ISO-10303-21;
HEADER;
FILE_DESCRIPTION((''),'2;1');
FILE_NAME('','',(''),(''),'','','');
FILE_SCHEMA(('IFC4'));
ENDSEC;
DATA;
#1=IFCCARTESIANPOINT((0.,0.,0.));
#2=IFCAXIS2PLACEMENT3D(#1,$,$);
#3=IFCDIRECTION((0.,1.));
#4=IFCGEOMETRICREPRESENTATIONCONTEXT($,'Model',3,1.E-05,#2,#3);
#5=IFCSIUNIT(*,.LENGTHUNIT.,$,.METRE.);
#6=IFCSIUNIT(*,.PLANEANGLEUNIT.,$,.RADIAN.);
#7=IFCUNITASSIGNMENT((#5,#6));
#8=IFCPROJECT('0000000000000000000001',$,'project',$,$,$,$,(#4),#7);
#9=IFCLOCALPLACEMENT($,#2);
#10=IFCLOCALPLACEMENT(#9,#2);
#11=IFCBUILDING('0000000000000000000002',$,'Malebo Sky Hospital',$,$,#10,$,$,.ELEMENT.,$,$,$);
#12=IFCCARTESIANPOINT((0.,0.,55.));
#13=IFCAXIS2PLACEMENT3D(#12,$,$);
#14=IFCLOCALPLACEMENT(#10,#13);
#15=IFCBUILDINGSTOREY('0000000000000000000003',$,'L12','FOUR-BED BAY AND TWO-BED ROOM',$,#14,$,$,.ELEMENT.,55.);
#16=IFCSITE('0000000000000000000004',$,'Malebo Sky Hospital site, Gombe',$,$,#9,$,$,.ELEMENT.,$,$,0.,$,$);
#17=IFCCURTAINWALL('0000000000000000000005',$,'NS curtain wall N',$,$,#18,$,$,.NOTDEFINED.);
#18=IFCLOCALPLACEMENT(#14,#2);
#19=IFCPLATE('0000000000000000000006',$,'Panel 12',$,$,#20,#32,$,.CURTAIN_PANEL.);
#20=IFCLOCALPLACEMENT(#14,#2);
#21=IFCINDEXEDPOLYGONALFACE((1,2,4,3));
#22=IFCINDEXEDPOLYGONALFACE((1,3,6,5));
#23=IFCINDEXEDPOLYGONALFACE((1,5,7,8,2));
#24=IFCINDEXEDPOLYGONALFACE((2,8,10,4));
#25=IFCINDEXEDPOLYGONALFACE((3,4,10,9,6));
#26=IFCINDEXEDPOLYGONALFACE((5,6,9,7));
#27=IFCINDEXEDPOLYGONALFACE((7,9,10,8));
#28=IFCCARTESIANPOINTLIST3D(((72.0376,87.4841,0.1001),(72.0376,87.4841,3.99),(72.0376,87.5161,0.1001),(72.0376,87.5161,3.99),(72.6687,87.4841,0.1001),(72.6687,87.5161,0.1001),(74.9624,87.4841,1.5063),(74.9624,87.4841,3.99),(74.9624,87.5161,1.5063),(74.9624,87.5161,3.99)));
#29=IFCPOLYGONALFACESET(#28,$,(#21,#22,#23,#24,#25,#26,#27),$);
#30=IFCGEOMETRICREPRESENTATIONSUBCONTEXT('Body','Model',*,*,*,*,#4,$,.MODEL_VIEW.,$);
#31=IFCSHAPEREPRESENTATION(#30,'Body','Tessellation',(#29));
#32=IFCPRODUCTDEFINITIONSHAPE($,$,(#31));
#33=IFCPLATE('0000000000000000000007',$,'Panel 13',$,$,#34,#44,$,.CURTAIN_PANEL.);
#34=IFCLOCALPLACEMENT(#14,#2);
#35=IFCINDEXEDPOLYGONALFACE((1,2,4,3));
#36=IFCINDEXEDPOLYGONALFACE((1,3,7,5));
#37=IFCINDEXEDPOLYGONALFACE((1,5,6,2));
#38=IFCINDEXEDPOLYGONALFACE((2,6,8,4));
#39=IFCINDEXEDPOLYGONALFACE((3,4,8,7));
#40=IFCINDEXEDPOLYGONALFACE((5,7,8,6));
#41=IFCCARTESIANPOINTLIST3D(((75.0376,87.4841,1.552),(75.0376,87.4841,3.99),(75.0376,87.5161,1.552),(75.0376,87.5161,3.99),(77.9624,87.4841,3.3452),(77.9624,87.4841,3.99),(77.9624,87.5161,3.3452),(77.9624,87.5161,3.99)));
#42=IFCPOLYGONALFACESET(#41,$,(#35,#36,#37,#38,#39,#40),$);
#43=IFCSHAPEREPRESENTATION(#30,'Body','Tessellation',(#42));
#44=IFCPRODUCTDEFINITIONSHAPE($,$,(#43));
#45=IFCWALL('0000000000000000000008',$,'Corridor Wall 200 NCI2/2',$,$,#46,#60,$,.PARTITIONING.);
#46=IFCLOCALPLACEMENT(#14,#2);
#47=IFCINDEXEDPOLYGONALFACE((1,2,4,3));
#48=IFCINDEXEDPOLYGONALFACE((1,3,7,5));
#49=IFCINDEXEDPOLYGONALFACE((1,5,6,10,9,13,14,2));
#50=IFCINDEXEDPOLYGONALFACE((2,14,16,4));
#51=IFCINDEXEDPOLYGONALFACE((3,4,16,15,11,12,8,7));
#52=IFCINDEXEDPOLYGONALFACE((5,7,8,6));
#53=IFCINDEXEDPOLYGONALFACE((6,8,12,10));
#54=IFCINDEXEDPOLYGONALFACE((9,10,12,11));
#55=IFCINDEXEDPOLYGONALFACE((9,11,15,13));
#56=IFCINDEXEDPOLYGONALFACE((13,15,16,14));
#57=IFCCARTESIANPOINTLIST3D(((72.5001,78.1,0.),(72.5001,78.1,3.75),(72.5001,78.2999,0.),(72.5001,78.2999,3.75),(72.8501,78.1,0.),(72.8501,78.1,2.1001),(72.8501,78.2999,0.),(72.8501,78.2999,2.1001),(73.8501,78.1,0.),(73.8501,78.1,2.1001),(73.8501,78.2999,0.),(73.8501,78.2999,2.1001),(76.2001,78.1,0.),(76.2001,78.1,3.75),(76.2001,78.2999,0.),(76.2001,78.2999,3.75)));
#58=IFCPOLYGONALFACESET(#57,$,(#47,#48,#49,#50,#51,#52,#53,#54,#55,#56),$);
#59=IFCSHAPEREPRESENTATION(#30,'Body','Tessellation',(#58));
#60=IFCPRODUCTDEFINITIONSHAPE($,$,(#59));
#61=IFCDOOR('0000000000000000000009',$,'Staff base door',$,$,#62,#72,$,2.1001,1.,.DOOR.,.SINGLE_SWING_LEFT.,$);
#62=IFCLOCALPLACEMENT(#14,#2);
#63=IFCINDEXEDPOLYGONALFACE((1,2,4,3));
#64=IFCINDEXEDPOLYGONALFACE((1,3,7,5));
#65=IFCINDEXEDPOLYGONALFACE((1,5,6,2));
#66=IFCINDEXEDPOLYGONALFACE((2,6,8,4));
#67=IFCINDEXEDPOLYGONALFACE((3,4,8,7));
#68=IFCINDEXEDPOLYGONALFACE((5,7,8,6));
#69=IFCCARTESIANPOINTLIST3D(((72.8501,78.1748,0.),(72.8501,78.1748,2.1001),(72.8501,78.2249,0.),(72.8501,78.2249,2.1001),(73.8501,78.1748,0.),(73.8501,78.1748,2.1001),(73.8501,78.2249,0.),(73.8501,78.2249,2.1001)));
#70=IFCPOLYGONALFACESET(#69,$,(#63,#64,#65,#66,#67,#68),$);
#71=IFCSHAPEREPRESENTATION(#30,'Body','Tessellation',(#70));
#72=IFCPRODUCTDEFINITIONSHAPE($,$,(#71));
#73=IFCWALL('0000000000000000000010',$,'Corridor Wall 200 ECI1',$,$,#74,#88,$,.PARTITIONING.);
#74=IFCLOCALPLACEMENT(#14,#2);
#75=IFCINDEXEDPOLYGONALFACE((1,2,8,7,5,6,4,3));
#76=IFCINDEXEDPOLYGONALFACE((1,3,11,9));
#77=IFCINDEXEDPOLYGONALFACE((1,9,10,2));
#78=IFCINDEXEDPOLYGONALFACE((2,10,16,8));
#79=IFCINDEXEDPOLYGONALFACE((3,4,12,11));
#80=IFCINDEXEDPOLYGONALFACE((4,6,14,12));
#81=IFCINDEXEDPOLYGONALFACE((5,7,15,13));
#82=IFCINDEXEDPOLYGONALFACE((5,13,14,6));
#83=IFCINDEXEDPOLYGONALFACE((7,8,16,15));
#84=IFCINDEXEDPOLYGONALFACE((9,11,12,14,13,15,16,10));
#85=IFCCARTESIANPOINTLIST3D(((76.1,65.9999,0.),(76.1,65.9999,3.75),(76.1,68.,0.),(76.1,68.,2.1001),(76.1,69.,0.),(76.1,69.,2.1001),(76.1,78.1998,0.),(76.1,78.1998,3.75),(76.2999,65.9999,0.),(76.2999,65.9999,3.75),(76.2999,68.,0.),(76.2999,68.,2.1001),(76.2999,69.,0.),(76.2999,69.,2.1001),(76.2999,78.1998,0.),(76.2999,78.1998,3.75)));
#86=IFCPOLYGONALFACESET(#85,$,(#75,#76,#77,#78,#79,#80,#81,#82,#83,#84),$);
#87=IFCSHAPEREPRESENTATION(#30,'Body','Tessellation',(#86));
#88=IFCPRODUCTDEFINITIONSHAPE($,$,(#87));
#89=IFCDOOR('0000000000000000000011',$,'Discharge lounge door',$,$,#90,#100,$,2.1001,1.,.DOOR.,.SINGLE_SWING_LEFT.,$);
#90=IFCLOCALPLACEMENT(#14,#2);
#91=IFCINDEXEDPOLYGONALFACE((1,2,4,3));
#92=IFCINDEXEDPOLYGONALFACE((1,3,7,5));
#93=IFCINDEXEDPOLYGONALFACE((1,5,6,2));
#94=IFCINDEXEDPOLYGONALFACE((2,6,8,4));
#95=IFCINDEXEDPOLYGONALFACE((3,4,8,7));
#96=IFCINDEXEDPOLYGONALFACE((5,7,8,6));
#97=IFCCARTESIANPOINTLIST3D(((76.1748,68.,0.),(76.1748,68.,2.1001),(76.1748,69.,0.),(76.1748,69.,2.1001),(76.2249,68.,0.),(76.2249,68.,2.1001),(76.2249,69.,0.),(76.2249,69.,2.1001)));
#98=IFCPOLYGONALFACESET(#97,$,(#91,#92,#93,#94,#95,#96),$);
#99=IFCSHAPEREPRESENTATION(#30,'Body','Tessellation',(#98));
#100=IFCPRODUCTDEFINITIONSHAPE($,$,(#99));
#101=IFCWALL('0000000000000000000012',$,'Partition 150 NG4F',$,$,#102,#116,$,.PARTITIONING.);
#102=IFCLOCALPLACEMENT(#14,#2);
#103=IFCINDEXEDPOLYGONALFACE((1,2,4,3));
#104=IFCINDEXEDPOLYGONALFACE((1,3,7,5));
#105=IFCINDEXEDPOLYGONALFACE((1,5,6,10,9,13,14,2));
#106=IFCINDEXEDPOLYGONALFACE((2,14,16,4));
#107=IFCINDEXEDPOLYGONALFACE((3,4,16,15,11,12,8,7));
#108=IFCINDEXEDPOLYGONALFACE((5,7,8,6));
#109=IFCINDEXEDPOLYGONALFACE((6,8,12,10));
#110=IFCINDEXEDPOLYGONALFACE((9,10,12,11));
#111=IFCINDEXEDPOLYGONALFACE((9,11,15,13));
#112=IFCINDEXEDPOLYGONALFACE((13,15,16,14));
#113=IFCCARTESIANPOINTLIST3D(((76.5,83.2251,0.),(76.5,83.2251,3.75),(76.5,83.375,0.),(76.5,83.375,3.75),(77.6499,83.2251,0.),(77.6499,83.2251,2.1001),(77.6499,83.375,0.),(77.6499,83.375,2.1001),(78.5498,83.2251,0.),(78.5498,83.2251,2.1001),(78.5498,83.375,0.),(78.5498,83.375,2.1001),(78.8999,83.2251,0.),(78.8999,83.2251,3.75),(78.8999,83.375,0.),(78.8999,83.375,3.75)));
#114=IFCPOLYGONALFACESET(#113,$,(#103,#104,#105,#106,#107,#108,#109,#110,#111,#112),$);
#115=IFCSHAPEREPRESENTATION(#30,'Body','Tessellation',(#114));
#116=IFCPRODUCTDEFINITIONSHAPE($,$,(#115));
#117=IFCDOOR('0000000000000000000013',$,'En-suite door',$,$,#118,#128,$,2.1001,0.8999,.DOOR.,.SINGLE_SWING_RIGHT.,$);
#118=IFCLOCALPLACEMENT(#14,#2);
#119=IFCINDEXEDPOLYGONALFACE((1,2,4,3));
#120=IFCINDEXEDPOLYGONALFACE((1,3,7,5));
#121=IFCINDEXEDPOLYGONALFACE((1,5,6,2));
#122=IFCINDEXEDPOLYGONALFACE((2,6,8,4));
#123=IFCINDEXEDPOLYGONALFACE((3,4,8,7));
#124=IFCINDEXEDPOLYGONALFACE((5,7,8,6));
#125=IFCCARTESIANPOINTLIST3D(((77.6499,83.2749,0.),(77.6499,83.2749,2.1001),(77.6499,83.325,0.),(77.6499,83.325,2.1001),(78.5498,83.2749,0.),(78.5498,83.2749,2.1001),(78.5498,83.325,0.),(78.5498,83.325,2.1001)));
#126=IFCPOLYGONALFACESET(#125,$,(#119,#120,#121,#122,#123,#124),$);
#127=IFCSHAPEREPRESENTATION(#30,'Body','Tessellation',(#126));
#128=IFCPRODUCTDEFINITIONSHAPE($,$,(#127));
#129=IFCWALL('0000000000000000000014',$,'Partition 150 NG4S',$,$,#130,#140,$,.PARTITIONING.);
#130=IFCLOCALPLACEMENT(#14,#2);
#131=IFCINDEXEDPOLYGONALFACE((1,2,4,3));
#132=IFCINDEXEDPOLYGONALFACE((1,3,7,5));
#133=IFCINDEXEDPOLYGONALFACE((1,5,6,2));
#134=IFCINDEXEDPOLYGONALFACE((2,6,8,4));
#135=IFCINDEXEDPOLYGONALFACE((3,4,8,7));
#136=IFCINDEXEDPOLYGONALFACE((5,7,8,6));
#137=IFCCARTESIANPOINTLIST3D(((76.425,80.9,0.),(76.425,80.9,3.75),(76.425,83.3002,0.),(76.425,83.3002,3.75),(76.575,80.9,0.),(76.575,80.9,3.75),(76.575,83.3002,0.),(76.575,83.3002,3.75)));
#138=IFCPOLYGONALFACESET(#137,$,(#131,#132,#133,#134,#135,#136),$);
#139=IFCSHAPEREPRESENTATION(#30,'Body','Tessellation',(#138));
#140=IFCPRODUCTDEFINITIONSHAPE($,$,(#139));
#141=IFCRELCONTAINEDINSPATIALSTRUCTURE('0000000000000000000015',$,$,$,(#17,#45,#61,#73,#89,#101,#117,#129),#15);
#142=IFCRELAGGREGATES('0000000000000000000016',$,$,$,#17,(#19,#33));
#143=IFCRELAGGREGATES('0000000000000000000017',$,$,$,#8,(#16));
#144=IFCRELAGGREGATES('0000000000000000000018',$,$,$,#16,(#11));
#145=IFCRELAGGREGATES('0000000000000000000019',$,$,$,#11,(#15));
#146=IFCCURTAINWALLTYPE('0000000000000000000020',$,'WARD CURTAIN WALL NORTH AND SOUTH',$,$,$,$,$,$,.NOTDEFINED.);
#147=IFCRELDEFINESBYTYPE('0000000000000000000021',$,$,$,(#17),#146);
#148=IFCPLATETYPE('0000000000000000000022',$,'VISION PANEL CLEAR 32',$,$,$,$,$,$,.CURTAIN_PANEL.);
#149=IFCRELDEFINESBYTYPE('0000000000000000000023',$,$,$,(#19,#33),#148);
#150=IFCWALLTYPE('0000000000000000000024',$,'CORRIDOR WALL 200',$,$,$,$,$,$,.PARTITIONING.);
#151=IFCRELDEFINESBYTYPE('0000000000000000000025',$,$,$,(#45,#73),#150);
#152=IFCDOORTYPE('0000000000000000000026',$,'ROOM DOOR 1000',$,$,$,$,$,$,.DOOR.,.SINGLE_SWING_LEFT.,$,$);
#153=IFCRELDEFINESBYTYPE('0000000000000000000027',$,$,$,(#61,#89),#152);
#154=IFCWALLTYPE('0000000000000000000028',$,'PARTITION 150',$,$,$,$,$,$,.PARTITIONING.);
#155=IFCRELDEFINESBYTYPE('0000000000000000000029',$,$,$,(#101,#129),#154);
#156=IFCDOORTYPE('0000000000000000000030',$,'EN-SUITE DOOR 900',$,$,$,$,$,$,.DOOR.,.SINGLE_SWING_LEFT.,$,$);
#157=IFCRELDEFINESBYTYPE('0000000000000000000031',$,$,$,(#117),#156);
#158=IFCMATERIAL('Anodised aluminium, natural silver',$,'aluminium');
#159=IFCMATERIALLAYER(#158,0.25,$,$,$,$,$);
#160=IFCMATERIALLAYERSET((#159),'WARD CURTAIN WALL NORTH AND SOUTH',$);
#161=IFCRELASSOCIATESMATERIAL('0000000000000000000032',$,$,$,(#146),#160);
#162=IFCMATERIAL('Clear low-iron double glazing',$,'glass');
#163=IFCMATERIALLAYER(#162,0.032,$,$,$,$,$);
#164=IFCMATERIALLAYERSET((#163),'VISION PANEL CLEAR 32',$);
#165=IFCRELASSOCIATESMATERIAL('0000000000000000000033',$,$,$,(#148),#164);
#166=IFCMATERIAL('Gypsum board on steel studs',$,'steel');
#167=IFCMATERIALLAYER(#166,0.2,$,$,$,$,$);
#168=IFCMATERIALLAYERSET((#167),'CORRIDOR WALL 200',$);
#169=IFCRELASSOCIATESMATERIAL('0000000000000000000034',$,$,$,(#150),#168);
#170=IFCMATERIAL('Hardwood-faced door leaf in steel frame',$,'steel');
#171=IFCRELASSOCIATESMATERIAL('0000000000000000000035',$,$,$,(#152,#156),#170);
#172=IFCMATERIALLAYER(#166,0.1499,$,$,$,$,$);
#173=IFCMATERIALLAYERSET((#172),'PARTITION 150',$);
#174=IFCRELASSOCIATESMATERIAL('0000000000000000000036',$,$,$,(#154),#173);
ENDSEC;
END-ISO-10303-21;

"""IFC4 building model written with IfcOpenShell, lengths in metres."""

from ifc_helpers import new_model, si_unit, direction, frame, frame_2d, origin, place, context, subcontext, project, spatial, polyline, rectangle, outline, extrude, material, layer, layer_set, type_object, element, fill, aggregate, save


model = new_model("IFC4")

# Units and contexts
model_context = context("Model", 3, precision=1e-05, world=origin(), true_north=direction((0.0, 1.0)))
body_context = subcontext(model_context, "Body", "Model", "MODEL_VIEW")
ifc_project = project(units=[si_unit("LENGTHUNIT", "METRE"), si_unit("PLANEANGLEUNIT", "RADIAN")], contexts=[model_context])

# Site, building, storey
site_placement = place(None, origin())
site = spatial("IfcSite", under=ifc_project, at=site_placement, Name="Malebo Sky Hospital site, Gombe", CompositionType="ELEMENT", RefElevation=0.0)
building_placement = place(site_placement, origin())
building = spatial("IfcBuilding", under=site, at=building_placement, Name="Malebo Sky Hospital", CompositionType="ELEMENT")
storey_placement = place(building_placement, frame((0.0, 0.0, 55.0)))
storey = spatial("IfcBuildingStorey", under=building, at=storey_placement, Name="L12", Description="FOUR-BED BAY AND TWO-BED ROOM", CompositionType="ELEMENT", Elevation=55.0)

# Curtain wall
ifc_material_1 = material(Name="Anodised aluminium, natural silver", Category="aluminium")
ifc_layer_1 = layer(ifc_material_1, 0.25)
ifc_layer_set_1 = layer_set([ifc_layer_1], Name="WARD CURTAIN WALL NORTH AND SOUTH")
curtain_wall_type = type_object("IfcCurtainWallType", Name="WARD CURTAIN WALL NORTH AND SOUTH", PredefinedType="NOTDEFINED", material=ifc_layer_set_1)
curtain_wall_placement = place(storey_placement, origin())
curtain_wall = element("IfcCurtainWall", 1, at=curtain_wall_placement, inside=storey, type_object=curtain_wall_type, Name="NS curtain wall N", PredefinedType="NOTDEFINED")

# Plates
ifc_material_2 = material(Name="Clear low-iron double glazing", Category="glass")
ifc_layer_2 = layer(ifc_material_2, 0.032)
ifc_layer_set_2 = layer_set([ifc_layer_2], Name="VISION PANEL CLEAR 32")
plate_type = type_object("IfcPlateType", Name="VISION PANEL CLEAR 32", PredefinedType="CURTAIN_PANEL", material=ifc_layer_set_2)
plate_1_placement = place(storey_placement, frame((73.5, 87.5, 0.1001), z_axis=(0.0, 0.0, 1.0), x_axis=(1.0, 0.0, 0.0)))
plate_1 = element("IfcPlate", 2, at=plate_1_placement, type_object=plate_type, Name="Panel 12", PredefinedType="CURTAIN_PANEL", context=body_context, shape_type="SweptSolid", body=[
    extrude(outline(polyline([(-1.4624, 0.0), (-0.8313, 0.0), (1.4624, 1.4062), (1.4624, 3.8899), (-1.4624, 3.8899), (-1.4624, 0.0)])), frame((0.0, 0.0161, 0.0), z_axis=(0.0, -1.0, 0.0), x_axis=(1.0, 0.0, 0.0)), (0.0, 0.0, 1.0), 0.032),
])
plate_2_placement = place(storey_placement, frame((76.5, 87.5, 1.552), z_axis=(0.0, 0.0, 1.0), x_axis=(1.0, 0.0, 0.0)))
plate_2 = element("IfcPlate", 3, at=plate_2_placement, type_object=plate_type, Name="Panel 13", PredefinedType="CURTAIN_PANEL", context=body_context, shape_type="SweptSolid", body=[
    extrude(outline(polyline([(-1.4624, 0.0), (1.4624, 1.7932), (1.4624, 2.438), (-1.4624, 2.438), (-1.4624, 0.0)])), frame((0.0, 0.0161, 0.0), z_axis=(0.0, -1.0, 0.0), x_axis=(1.0, 0.0, 0.0)), (0.0, 0.0, 1.0), 0.032),
])
aggregate(curtain_wall, [plate_1, plate_2])

# Walls, openings, doors
ifc_material_3 = material(Name="Gypsum board on steel studs", Category="steel")
ifc_layer_3 = layer(ifc_material_3, 0.2)
ifc_layer_set_3 = layer_set([ifc_layer_3], Name="CORRIDOR WALL 200")
wall_type_1 = type_object("IfcWallType", Name="CORRIDOR WALL 200", PredefinedType="PARTITIONING", material=ifc_layer_set_3)
wall_1_placement = place(storey_placement, frame((72.5, 78.2, 0.0), z_axis=(0.0, 0.0, 1.0), x_axis=(1.0, 0.0, 0.0)))
wall_1 = element("IfcWall", 4, at=wall_1_placement, inside=storey, type_object=wall_type_1, Name="Corridor Wall 200 NCI2/2", PredefinedType="PARTITIONING", context=body_context, shape_type="SweptSolid", body=[
    extrude(rectangle(XDim=3.7, YDim=0.2, at=frame_2d((1.8501, 0.0))), origin(), (0.0, 0.0, 1.0), 3.75),
])
opening_1_placement = place(wall_1_placement, frame((0.3501, 0.0, 0.0)))
opening_1 = element("IfcOpeningElement", 5, at=opening_1_placement, cuts=wall_1, PredefinedType="OPENING", context=body_context, shape_type="SweptSolid", body=[
    extrude(rectangle(XDim=1.0, YDim=2.1001, at=frame_2d((0.5, 1.05))), frame((0.0, 0.1099, 0.0), z_axis=(0.0, -1.0, 0.0), x_axis=(1.0, 0.0, 0.0)), (0.0, 0.0, 1.0), 0.22),
])
ifc_material_4 = material(Name="Hardwood-faced door leaf in steel frame", Category="steel")
door_type_1 = type_object("IfcDoorType", Name="ROOM DOOR 1000", OperationType="SINGLE_SWING_LEFT", PredefinedType="DOOR", material=ifc_material_4)
door_1_placement = place(opening_1_placement, origin())
door_1 = element("IfcDoor", 6, at=door_1_placement, inside=storey, type_object=door_type_1, Name="Staff base door", OperationType="SINGLE_SWING_LEFT", OverallHeight=2.1001, OverallWidth=1.0, PredefinedType="DOOR", context=body_context, shape_type="SweptSolid", body=[
    extrude(rectangle(XDim=1.0, YDim=2.1001, at=frame_2d((0.5, 1.05))), frame((0.0, 0.0249, 0.0), z_axis=(0.0, -1.0, 0.0), x_axis=(1.0, 0.0, 0.0)), (0.0, 0.0, 1.0), 0.05),
])
fill(opening_1, door_1)
wall_2_placement = place(storey_placement, frame((76.2, 78.2, 0.0), z_axis=(0.0, 0.0, 1.0), x_axis=(0.0, -1.0, 0.0)))
wall_2 = element("IfcWall", 7, at=wall_2_placement, inside=storey, type_object=wall_type_1, Name="Corridor Wall 200 ECI1", PredefinedType="PARTITIONING", context=body_context, shape_type="SweptSolid", body=[
    extrude(rectangle(XDim=12.2, YDim=0.2, at=frame_2d((6.1001, 0.0))), origin(), (0.0, 0.0, 1.0), 3.75),
])
opening_2_placement = place(wall_2_placement, frame((9.2, 0.0, 0.0)))
opening_2 = element("IfcOpeningElement", 8, at=opening_2_placement, cuts=wall_2, PredefinedType="OPENING", context=body_context, shape_type="SweptSolid", body=[
    extrude(rectangle(XDim=1.0, YDim=2.1001, at=frame_2d((0.5, 1.05))), frame((0.0, 0.1099, 0.0), z_axis=(0.0, -1.0, 0.0), x_axis=(1.0, 0.0, 0.0)), (0.0, 0.0, 1.0), 0.22),
])
door_2_placement = place(opening_2_placement, origin())
door_2 = element("IfcDoor", 9, at=door_2_placement, inside=storey, type_object=door_type_1, Name="Discharge lounge door", OperationType="SINGLE_SWING_LEFT", OverallHeight=2.1001, OverallWidth=1.0, PredefinedType="DOOR", context=body_context, shape_type="SweptSolid", body=[
    extrude(rectangle(XDim=1.0, YDim=2.1001, at=frame_2d((0.5, 1.05))), frame((0.0, 0.0249, 0.0), z_axis=(0.0, -1.0, 0.0), x_axis=(1.0, 0.0, 0.0)), (0.0, 0.0, 1.0), 0.05),
])
fill(opening_2, door_2)
ifc_layer_4 = layer(ifc_material_3, 0.1499)
ifc_layer_set_4 = layer_set([ifc_layer_4], Name="PARTITION 150")
wall_type_2 = type_object("IfcWallType", Name="PARTITION 150", PredefinedType="PARTITIONING", material=ifc_layer_set_4)
wall_3_placement = place(storey_placement, frame((76.5, 83.3, 0.0), z_axis=(0.0, 0.0, 1.0), x_axis=(1.0, 0.0, 0.0)))
wall_3 = element("IfcWall", 10, at=wall_3_placement, inside=storey, type_object=wall_type_2, Name="Partition 150 NG4F", PredefinedType="PARTITIONING", context=body_context, shape_type="SweptSolid", body=[
    extrude(rectangle(XDim=2.3999, YDim=0.1499, at=frame_2d((1.2, 0.0))), origin(), (0.0, 0.0, 1.0), 3.75),
])
opening_3_placement = place(wall_3_placement, frame((1.1499, 0.0, 0.0)))
opening_3 = element("IfcOpeningElement", 11, at=opening_3_placement, cuts=wall_3, PredefinedType="OPENING", context=body_context, shape_type="SweptSolid", body=[
    extrude(rectangle(XDim=0.8999, YDim=2.1001, at=frame_2d((0.45, 1.05))), frame((0.0, 0.085, 0.0), z_axis=(0.0, -1.0, 0.0), x_axis=(1.0, 0.0, 0.0)), (0.0, 0.0, 1.0), 0.1699),
])
door_type_2 = type_object("IfcDoorType", Name="EN-SUITE DOOR 900", OperationType="SINGLE_SWING_LEFT", PredefinedType="DOOR", material=ifc_material_4)
door_3_placement = place(opening_3_placement, origin())
door_3 = element("IfcDoor", 12, at=door_3_placement, inside=storey, type_object=door_type_2, Name="En-suite door", OperationType="SINGLE_SWING_RIGHT", OverallHeight=2.1001, OverallWidth=0.8999, PredefinedType="DOOR", context=body_context, shape_type="SweptSolid", body=[
    extrude(rectangle(XDim=0.8999, YDim=2.1001, at=frame_2d((0.45, 1.05))), frame((0.0, 0.0249, 0.0), z_axis=(0.0, -1.0, 0.0), x_axis=(1.0, 0.0, 0.0)), (0.0, 0.0, 1.0), 0.05),
])
fill(opening_3, door_3)

# Wall
wall_4_placement = place(storey_placement, frame((76.5, 80.8999, 0.0), z_axis=(0.0, 0.0, 1.0), x_axis=(0.0, 1.0, 0.0)))
element("IfcWall", 13, at=wall_4_placement, inside=storey, type_object=wall_type_2, Name="Partition 150 NG4S", PredefinedType="PARTITIONING", context=body_context, shape_type="SweptSolid", body=[
    extrude(rectangle(XDim=2.4001, YDim=0.1499, at=frame_2d((1.2002, 0.0))), origin(), (0.0, 0.0, 1.0), 3.75),
])

save(model, "model.ifc")
